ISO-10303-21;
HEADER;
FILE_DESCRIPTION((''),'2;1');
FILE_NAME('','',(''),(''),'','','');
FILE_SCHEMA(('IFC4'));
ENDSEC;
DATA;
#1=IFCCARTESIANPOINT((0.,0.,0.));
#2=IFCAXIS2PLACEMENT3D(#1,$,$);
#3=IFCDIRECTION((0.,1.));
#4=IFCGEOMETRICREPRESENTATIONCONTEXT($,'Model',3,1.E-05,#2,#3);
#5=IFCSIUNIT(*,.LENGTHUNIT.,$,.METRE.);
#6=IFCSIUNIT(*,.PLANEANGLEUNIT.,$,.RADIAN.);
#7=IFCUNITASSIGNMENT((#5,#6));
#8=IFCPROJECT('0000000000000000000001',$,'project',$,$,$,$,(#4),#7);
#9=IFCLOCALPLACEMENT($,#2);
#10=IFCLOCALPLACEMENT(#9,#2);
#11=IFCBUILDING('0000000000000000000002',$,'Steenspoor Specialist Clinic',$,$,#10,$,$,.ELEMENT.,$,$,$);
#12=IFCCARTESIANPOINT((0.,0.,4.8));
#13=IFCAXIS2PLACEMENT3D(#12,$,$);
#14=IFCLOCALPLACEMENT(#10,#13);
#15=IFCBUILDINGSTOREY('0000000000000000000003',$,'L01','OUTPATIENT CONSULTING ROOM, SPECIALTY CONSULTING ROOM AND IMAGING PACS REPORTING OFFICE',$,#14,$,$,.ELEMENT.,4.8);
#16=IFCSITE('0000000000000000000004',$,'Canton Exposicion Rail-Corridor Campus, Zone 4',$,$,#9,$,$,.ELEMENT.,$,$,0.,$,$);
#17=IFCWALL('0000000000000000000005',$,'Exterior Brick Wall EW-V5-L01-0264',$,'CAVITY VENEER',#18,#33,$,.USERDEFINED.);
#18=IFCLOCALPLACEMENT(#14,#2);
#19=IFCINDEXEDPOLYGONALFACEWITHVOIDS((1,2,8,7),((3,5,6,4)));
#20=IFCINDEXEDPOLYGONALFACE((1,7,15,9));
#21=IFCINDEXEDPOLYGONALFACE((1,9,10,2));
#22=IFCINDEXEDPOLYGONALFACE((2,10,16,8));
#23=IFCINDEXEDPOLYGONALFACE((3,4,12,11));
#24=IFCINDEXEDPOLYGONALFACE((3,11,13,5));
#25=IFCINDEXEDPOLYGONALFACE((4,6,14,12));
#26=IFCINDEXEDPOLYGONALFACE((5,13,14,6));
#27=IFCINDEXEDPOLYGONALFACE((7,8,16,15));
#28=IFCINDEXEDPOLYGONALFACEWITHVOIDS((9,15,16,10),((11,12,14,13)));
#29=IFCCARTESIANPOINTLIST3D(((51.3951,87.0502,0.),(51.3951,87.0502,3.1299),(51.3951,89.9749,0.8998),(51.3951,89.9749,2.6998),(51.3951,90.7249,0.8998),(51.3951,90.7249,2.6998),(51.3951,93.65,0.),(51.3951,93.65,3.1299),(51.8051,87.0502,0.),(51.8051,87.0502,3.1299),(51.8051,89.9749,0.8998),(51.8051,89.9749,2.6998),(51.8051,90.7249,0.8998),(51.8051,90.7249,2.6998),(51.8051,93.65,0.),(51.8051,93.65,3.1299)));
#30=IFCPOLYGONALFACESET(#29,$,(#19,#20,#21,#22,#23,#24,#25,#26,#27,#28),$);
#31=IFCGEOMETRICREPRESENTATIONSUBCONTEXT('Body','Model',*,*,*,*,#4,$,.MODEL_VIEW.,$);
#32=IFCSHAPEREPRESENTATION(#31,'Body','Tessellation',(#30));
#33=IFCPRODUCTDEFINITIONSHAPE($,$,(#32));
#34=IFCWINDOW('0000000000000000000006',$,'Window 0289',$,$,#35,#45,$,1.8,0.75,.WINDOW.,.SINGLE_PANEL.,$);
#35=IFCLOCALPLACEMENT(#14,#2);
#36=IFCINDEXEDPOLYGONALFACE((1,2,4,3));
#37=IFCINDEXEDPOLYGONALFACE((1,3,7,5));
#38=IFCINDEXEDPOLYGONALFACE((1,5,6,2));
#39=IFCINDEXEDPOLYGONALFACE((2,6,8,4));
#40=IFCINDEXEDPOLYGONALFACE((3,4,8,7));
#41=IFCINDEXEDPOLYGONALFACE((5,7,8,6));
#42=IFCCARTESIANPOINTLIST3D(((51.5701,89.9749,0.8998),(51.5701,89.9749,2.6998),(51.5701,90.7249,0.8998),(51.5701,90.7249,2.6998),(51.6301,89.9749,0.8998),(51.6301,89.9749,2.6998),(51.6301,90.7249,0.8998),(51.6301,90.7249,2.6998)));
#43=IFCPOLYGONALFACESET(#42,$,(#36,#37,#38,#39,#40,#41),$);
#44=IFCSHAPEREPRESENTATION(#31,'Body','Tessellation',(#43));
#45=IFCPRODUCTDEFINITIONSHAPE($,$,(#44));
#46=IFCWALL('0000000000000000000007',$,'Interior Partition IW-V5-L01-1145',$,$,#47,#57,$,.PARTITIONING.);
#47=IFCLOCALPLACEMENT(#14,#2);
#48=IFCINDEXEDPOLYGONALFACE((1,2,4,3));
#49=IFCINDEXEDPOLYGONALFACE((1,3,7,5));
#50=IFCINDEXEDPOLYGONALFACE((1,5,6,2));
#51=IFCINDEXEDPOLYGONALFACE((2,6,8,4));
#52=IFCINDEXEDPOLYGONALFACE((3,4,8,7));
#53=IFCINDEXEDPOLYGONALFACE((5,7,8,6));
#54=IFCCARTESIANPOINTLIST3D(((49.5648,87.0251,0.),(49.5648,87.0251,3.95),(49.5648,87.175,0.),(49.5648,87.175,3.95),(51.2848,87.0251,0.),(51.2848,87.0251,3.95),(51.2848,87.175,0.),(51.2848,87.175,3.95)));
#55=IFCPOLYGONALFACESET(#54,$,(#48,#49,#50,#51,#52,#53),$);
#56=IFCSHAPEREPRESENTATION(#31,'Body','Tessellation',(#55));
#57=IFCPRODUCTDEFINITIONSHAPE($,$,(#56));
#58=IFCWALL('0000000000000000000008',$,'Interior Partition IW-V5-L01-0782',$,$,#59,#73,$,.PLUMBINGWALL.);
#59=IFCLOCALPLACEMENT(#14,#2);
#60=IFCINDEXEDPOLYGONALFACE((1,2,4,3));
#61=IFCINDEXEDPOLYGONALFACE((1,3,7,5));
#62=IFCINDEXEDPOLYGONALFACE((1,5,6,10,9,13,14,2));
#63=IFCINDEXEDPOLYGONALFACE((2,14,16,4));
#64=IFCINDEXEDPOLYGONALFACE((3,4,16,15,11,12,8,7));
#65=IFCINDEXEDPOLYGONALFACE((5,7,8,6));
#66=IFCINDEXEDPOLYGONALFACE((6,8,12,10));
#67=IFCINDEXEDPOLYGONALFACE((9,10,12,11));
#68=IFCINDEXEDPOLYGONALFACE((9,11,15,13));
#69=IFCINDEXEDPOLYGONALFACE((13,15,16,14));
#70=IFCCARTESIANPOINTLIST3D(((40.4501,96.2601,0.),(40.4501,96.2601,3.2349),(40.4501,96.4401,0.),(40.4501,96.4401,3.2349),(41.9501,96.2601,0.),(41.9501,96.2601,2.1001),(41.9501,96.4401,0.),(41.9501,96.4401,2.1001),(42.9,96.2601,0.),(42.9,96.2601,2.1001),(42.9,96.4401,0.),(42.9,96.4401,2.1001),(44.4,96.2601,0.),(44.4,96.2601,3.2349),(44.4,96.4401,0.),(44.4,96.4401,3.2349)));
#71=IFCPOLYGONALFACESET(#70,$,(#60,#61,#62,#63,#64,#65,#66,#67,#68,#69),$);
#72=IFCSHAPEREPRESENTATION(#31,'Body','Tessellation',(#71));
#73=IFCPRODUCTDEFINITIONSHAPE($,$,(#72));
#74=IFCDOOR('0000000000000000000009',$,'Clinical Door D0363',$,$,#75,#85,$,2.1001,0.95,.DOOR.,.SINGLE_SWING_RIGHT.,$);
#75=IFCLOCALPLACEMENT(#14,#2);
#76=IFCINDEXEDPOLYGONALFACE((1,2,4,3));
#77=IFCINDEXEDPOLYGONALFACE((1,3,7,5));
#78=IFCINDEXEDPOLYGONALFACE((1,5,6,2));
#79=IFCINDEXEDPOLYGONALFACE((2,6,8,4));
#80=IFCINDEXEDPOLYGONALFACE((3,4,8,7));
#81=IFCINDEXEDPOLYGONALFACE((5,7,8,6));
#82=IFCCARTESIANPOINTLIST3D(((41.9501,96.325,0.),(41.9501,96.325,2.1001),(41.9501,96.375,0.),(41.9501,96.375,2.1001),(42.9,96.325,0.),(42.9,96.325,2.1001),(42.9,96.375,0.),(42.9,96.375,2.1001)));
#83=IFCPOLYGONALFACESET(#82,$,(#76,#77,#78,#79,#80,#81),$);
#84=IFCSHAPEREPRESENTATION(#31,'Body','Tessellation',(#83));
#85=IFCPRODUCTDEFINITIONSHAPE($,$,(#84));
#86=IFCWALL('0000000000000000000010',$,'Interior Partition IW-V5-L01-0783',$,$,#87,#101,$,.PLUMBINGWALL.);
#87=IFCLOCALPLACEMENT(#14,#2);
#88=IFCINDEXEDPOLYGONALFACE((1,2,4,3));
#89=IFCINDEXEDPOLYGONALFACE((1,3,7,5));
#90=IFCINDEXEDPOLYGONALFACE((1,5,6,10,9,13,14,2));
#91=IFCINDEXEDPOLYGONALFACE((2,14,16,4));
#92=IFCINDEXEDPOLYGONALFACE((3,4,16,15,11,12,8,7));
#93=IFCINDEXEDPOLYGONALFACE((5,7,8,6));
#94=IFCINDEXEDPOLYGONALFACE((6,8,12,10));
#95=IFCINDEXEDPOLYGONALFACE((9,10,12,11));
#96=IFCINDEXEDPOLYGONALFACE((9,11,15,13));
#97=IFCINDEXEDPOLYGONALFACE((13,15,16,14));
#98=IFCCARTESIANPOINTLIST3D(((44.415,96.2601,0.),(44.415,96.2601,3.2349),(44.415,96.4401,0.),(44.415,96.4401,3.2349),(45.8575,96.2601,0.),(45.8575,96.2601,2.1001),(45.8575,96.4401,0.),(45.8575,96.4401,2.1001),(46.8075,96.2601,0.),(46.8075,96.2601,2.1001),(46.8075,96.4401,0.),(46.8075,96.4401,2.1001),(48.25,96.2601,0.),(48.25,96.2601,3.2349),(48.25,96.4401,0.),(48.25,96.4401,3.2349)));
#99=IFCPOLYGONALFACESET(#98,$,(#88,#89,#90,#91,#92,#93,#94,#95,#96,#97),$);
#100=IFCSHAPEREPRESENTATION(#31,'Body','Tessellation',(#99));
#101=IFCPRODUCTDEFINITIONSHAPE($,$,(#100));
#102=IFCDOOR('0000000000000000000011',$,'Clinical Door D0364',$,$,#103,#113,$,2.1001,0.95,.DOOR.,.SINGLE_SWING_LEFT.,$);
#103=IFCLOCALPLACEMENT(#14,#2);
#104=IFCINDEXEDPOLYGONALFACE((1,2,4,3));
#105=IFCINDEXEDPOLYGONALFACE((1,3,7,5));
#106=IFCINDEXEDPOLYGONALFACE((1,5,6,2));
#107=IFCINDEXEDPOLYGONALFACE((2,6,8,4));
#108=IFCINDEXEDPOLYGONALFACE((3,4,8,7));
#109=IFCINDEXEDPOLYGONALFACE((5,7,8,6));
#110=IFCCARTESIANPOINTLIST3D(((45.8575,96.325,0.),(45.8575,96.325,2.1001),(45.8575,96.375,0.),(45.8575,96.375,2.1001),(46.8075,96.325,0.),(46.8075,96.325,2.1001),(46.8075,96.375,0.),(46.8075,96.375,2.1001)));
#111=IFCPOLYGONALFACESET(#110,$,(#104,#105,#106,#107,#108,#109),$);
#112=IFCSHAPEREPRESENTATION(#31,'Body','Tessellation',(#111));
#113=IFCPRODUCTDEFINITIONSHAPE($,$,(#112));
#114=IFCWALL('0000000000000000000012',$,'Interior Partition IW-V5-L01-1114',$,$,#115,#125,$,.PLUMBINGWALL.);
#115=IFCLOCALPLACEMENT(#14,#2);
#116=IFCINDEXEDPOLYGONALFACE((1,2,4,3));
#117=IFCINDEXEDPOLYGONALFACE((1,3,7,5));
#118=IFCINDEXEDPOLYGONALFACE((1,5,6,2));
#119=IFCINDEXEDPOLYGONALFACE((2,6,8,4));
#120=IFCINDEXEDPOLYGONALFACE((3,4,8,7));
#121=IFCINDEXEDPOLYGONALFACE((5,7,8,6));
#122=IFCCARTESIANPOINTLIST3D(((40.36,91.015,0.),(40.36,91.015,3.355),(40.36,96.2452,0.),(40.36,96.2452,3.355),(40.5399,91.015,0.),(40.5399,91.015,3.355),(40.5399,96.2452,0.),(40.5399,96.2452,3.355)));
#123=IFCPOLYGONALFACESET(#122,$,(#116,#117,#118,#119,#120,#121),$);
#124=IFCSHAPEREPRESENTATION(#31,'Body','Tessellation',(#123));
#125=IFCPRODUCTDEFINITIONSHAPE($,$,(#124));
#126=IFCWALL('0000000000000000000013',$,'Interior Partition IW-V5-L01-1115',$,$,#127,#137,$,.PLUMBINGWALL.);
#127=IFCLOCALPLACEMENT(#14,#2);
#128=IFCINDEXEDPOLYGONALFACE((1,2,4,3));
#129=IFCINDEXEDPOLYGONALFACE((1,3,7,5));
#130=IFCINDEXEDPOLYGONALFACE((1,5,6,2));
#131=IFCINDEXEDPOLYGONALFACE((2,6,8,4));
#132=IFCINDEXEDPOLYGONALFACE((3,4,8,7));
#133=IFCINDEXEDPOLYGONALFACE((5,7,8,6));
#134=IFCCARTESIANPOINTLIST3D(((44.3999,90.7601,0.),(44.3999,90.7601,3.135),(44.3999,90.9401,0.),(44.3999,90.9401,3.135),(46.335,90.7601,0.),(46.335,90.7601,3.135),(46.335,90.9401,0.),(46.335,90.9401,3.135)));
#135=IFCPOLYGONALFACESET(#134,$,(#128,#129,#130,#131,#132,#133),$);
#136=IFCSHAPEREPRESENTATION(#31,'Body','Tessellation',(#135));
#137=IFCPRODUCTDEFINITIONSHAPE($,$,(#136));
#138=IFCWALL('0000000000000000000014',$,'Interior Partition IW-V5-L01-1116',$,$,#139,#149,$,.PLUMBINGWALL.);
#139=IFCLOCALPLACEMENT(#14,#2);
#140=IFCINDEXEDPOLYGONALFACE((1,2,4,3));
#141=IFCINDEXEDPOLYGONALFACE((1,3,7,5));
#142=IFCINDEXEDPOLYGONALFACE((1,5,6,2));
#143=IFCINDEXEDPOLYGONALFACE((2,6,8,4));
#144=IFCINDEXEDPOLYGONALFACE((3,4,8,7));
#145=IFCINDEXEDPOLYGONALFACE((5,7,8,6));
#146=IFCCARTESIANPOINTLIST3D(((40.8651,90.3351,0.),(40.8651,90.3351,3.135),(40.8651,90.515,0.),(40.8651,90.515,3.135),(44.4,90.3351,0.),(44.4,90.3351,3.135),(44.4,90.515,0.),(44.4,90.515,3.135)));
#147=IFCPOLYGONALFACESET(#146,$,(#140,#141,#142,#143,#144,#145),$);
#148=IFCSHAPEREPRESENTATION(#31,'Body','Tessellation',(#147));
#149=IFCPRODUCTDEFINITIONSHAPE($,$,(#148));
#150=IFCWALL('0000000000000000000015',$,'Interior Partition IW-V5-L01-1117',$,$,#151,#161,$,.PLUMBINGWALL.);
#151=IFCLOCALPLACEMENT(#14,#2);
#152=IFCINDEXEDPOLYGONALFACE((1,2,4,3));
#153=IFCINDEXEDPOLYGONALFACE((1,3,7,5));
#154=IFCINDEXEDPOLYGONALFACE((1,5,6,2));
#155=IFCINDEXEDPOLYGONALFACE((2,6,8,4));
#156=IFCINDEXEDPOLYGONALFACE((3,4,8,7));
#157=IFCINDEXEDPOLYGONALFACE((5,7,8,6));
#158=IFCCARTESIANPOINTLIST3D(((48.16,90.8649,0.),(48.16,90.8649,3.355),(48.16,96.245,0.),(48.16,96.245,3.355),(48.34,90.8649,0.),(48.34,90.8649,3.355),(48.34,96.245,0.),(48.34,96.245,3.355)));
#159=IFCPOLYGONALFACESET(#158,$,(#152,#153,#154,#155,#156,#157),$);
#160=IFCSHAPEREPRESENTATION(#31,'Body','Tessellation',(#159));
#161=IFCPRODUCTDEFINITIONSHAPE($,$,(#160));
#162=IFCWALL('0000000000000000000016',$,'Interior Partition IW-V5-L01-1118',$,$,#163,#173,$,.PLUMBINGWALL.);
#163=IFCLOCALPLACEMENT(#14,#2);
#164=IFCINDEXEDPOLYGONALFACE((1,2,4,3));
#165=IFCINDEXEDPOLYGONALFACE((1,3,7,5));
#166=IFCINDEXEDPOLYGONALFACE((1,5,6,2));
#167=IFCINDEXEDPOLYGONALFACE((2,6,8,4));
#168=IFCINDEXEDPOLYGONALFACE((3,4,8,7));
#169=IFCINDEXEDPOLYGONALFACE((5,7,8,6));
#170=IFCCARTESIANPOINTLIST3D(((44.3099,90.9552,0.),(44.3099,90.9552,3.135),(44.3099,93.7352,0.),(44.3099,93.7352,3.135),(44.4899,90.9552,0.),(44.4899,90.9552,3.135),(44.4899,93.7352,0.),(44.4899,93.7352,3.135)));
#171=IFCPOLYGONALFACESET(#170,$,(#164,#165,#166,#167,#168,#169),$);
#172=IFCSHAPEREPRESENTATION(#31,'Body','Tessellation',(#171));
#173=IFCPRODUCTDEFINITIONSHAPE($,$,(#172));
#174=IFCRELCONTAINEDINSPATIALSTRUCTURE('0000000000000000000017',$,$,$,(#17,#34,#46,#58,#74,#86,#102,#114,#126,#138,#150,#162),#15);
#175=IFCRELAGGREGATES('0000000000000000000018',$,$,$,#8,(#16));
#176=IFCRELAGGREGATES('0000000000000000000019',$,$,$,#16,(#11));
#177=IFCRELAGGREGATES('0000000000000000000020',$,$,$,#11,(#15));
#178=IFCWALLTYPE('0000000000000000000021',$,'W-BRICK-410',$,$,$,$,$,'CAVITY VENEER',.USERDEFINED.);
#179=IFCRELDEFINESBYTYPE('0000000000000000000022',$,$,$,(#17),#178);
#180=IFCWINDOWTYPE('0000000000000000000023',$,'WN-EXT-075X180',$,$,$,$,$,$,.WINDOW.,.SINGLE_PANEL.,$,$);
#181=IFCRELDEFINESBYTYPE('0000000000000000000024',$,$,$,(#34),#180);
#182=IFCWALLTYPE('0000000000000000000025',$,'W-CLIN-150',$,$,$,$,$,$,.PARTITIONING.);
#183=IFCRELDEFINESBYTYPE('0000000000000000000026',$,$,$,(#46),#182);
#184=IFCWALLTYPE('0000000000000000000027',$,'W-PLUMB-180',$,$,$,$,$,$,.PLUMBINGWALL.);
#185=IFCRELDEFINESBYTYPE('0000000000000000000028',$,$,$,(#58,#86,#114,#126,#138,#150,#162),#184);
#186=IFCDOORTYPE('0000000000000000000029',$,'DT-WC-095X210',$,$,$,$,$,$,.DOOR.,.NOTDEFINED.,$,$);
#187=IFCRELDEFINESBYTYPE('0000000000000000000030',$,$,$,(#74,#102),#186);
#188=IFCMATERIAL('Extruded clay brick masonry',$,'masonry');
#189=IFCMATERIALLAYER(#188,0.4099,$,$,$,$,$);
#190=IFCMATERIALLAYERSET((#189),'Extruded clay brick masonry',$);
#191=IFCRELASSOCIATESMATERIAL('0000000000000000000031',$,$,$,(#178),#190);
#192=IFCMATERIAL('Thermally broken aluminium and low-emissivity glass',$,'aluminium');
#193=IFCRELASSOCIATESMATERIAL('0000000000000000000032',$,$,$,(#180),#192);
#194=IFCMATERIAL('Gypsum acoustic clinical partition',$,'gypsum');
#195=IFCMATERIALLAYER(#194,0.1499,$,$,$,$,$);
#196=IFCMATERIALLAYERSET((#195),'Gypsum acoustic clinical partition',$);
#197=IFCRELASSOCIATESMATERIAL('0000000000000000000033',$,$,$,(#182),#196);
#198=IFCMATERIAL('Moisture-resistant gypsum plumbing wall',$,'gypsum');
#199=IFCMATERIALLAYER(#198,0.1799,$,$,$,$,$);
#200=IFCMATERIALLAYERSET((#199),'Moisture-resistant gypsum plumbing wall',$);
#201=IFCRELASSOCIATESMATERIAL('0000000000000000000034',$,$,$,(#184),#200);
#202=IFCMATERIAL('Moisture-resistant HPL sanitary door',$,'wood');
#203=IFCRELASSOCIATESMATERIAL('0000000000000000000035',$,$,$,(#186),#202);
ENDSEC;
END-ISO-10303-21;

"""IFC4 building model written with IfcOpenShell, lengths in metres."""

from ifc_helpers import new_model, si_unit, direction, frame, frame_2d, origin, place, context, subcontext, project, spatial, rectangle, extrude, material, layer, layer_set, type_object, element, fill, save


model = new_model("IFC4")

# Units and contexts
model_context = context("Model", 3, precision=1e-05, world=origin(), true_north=direction((0.0, 1.0)))
body_context = subcontext(model_context, "Body", "Model", "MODEL_VIEW")
ifc_project = project(units=[si_unit("LENGTHUNIT", "METRE"), si_unit("PLANEANGLEUNIT", "RADIAN")], contexts=[model_context])

# Site, building, storey
site_placement = place(None, origin())
site = spatial("IfcSite", under=ifc_project, at=site_placement, Name="Canton Exposicion Rail-Corridor Campus, Zone 4", CompositionType="ELEMENT", RefElevation=0.0)
building_placement = place(site_placement, origin())
building = spatial("IfcBuilding", under=site, at=building_placement, Name="Steenspoor Specialist Clinic", CompositionType="ELEMENT")
storey_placement = place(building_placement, frame((0.0, 0.0, 4.8)))
storey = spatial("IfcBuildingStorey", under=building, at=storey_placement, Name="L01", Description="OUTPATIENT CONSULTING ROOM, SPECIALTY CONSULTING ROOM AND IMAGING PACS REPORTING OFFICE", CompositionType="ELEMENT", Elevation=4.8)

# Shared definitions
ifc_material_1 = material(Name="Thermally broken aluminium and low-emissivity glass", Category="aluminium")

# Wall, opening, window
ifc_material_2 = material(Name="Extruded clay brick masonry", Category="masonry")
ifc_layer_1 = layer(ifc_material_2, 0.4099)
ifc_layer_set_1 = layer_set([ifc_layer_1], Name="Extruded clay brick masonry")
wall_type_1 = type_object("IfcWallType", Name="W-BRICK-410", ElementType="CAVITY VENEER", PredefinedType="USERDEFINED", material=ifc_layer_set_1)
wall_1_placement = place(storey_placement, frame((51.6001, 93.6499, 0.0), z_axis=(0.0, 0.0, 1.0), x_axis=(0.0, -1.0, 0.0)))
wall_1 = element("IfcWall", 1, at=wall_1_placement, inside=storey, type_object=wall_type_1, Name="Exterior Brick Wall EW-V5-L01-0264", ObjectType="CAVITY VENEER", PredefinedType="USERDEFINED", context=body_context, shape_type="SweptSolid", body=[
    extrude(rectangle(XDim=6.5999, YDim=0.4099, at=frame_2d((3.2998, 0.0))), origin(), (0.0, 0.0, 1.0), 3.1299),
])
opening_1_placement = place(wall_1_placement, frame((2.925, 0.0, 0.8999)))
opening_1 = element("IfcOpeningElement", 2, at=opening_1_placement, cuts=wall_1, PredefinedType="OPENING", context=body_context, shape_type="SweptSolid", body=[
    extrude(rectangle(XDim=0.75, YDim=1.8, at=frame_2d((0.375, 0.8999))), frame((0.0, 0.2148, 0.0), z_axis=(0.0, -1.0, 0.0), x_axis=(1.0, 0.0, 0.0)), (0.0, 0.0, 1.0), 0.4299),
])
window_type = type_object("IfcWindowType", Name="WN-EXT-075X180", PartitioningType="SINGLE_PANEL", PredefinedType="WINDOW", material=ifc_material_1)
window_placement = place(opening_1_placement, origin())
window = element("IfcWindow", 3, at=window_placement, inside=storey, type_object=window_type, Name="Window 0289", OverallHeight=1.8, OverallWidth=0.75, PartitioningType="SINGLE_PANEL", PredefinedType="WINDOW", context=body_context, shape_type="SweptSolid", body=[
    extrude(rectangle(XDim=0.75, YDim=1.8, at=frame_2d((0.375, 0.8999))), frame((0.0, 0.03, 0.0), z_axis=(0.0, -1.0, 0.0), x_axis=(1.0, 0.0, 0.0)), (0.0, 0.0, 1.0), 0.0601),
])
fill(opening_1, window)

# Wall
ifc_material_3 = material(Name="Gypsum acoustic clinical partition", Category="gypsum")
ifc_layer_2 = layer(ifc_material_3, 0.1499)
ifc_layer_set_2 = layer_set([ifc_layer_2], Name="Gypsum acoustic clinical partition")
wall_type_2 = type_object("IfcWallType", Name="W-CLIN-150", PredefinedType="PARTITIONING", material=ifc_layer_set_2)
wall_2_placement = place(storey_placement, frame((49.5649, 87.1001, 0.0), z_axis=(0.0, 0.0, 1.0), x_axis=(1.0, 0.0, 0.0)))
element("IfcWall", 4, at=wall_2_placement, inside=storey, type_object=wall_type_2, Name="Interior Partition IW-V5-L01-1145", PredefinedType="PARTITIONING", context=body_context, shape_type="SweptSolid", body=[
    extrude(rectangle(XDim=1.72, YDim=0.1499, at=frame_2d((0.8599, 0.0))), origin(), (0.0, 0.0, 1.0), 3.95),
])

# Walls, openings, doors
ifc_material_4 = material(Name="Moisture-resistant gypsum plumbing wall", Category="gypsum")
ifc_layer_3 = layer(ifc_material_4, 0.1799)
ifc_layer_set_3 = layer_set([ifc_layer_3], Name="Moisture-resistant gypsum plumbing wall")
wall_type_3 = type_object("IfcWallType", Name="W-PLUMB-180", PredefinedType="PLUMBINGWALL", material=ifc_layer_set_3)
wall_3_placement = place(storey_placement, frame((40.45, 96.3501, 0.0), z_axis=(0.0, 0.0, 1.0), x_axis=(1.0, 0.0, 0.0)))
wall_3 = element("IfcWall", 5, at=wall_3_placement, inside=storey, type_object=wall_type_3, Name="Interior Partition IW-V5-L01-0782", PredefinedType="PLUMBINGWALL", context=body_context, shape_type="SweptSolid", body=[
    extrude(rectangle(XDim=3.95, YDim=0.1799, at=frame_2d((1.9751, 0.0))), origin(), (0.0, 0.0, 1.0), 3.2349),
])
opening_2_placement = place(wall_3_placement, frame((1.5, 0.0, 0.0)))
opening_2 = element("IfcOpeningElement", 6, at=opening_2_placement, cuts=wall_3, PredefinedType="OPENING", context=body_context, shape_type="SweptSolid", body=[
    extrude(rectangle(XDim=0.95, YDim=2.1001, at=frame_2d((0.4751, 1.05))), frame((0.0, 0.1001, 0.0), z_axis=(0.0, -1.0, 0.0), x_axis=(1.0, 0.0, 0.0)), (0.0, 0.0, 1.0), 0.2),
])
ifc_material_5 = material(Name="Moisture-resistant HPL sanitary door", Category="wood")
door_type_1 = type_object("IfcDoorType", Name="DT-WC-095X210", OperationType="NOTDEFINED", PredefinedType="DOOR", material=ifc_material_5)
door_1_placement = place(opening_2_placement, origin())
door_1 = element("IfcDoor", 7, at=door_1_placement, inside=storey, type_object=door_type_1, Name="Clinical Door D0363", OperationType="SINGLE_SWING_RIGHT", OverallHeight=2.1001, OverallWidth=0.95, PredefinedType="DOOR", context=body_context, shape_type="SweptSolid", body=[
    extrude(rectangle(XDim=0.95, YDim=2.1001, at=frame_2d((0.4751, 1.05))), frame((0.0, 0.0249, 0.0), z_axis=(0.0, -1.0, 0.0), x_axis=(1.0, 0.0, 0.0)), (0.0, 0.0, 1.0), 0.05),
])
fill(opening_2, door_1)
wall_4_placement = place(storey_placement, frame((44.415, 96.3501, 0.0), z_axis=(0.0, 0.0, 1.0), x_axis=(1.0, 0.0, 0.0)))
wall_4 = element("IfcWall", 8, at=wall_4_placement, inside=storey, type_object=wall_type_3, Name="Interior Partition IW-V5-L01-0783", PredefinedType="PLUMBINGWALL", context=body_context, shape_type="SweptSolid", body=[
    extrude(rectangle(XDim=3.835, YDim=0.1799, at=frame_2d((1.9175, 0.0))), origin(), (0.0, 0.0, 1.0), 3.2349),
])
opening_3_placement = place(wall_4_placement, frame((1.4424, 0.0, 0.0)))
opening_3 = element("IfcOpeningElement", 9, at=opening_3_placement, cuts=wall_4, PredefinedType="OPENING", context=body_context, shape_type="SweptSolid", body=[
    extrude(rectangle(XDim=0.95, YDim=2.1001, at=frame_2d((0.4751, 1.05))), frame((0.0, 0.1001, 0.0), z_axis=(0.0, -1.0, 0.0), x_axis=(1.0, 0.0, 0.0)), (0.0, 0.0, 1.0), 0.2),
])
door_2_placement = place(opening_3_placement, origin())
door_2 = element("IfcDoor", 10, at=door_2_placement, inside=storey, type_object=door_type_1, Name="Clinical Door D0364", OperationType="SINGLE_SWING_LEFT", OverallHeight=2.1001, OverallWidth=0.95, PredefinedType="DOOR", context=body_context, shape_type="SweptSolid", body=[
    extrude(rectangle(XDim=0.95, YDim=2.1001, at=frame_2d((0.4751, 1.05))), frame((0.0, 0.0249, 0.0), z_axis=(0.0, -1.0, 0.0), x_axis=(1.0, 0.0, 0.0)), (0.0, 0.0, 1.0), 0.05),
])
fill(opening_3, door_2)

# Walls
wall_5_placement = place(storey_placement, frame((40.45, 91.0149, 0.0), z_axis=(0.0, 0.0, 1.0), x_axis=(0.0, 1.0, 0.0)))
element("IfcWall", 11, at=wall_5_placement, inside=storey, type_object=wall_type_3, Name="Interior Partition IW-V5-L01-1114", PredefinedType="PLUMBINGWALL", context=body_context, shape_type="SweptSolid", body=[
    extrude(rectangle(XDim=5.2302, YDim=0.1799, at=frame_2d((2.6152, 0.0))), origin(), (0.0, 0.0, 1.0), 3.355),
])
wall_6_placement = place(storey_placement, frame((44.3999, 90.8501, 0.0), z_axis=(0.0, 0.0, 1.0), x_axis=(1.0, 0.0, 0.0)))
element("IfcWall", 12, at=wall_6_placement, inside=storey, type_object=wall_type_3, Name="Interior Partition IW-V5-L01-1115", PredefinedType="PLUMBINGWALL", context=body_context, shape_type="SweptSolid", body=[
    extrude(rectangle(XDim=1.9351, YDim=0.1799, at=frame_2d((0.9675, 0.0))), origin(), (0.0, 0.0, 1.0), 3.135),
])
wall_7_placement = place(storey_placement, frame((40.865, 90.425, 0.0), z_axis=(0.0, 0.0, 1.0), x_axis=(1.0, 0.0, 0.0)))
element("IfcWall", 13, at=wall_7_placement, inside=storey, type_object=wall_type_3, Name="Interior Partition IW-V5-L01-1116", PredefinedType="PLUMBINGWALL", context=body_context, shape_type="SweptSolid", body=[
    extrude(rectangle(XDim=3.5349, YDim=0.1799, at=frame_2d((1.7676, 0.0))), origin(), (0.0, 0.0, 1.0), 3.135),
])
wall_8_placement = place(storey_placement, frame((48.25, 90.865, 0.0), z_axis=(0.0, 0.0, 1.0), x_axis=(0.0, 1.0, 0.0)))
element("IfcWall", 14, at=wall_8_placement, inside=storey, type_object=wall_type_3, Name="Interior Partition IW-V5-L01-1117", PredefinedType="PLUMBINGWALL", context=body_context, shape_type="SweptSolid", body=[
    extrude(rectangle(XDim=5.3801, YDim=0.1799, at=frame_2d((2.6899, 0.0))), origin(), (0.0, 0.0, 1.0), 3.355),
])
wall_9_placement = place(storey_placement, frame((44.3999, 90.9551, 0.0), z_axis=(0.0, 0.0, 1.0), x_axis=(0.0, 1.0, 0.0)))
element("IfcWall", 15, at=wall_9_placement, inside=storey, type_object=wall_type_3, Name="Interior Partition IW-V5-L01-1118", PredefinedType="PLUMBINGWALL", context=body_context, shape_type="SweptSolid", body=[
    extrude(rectangle(XDim=2.78, YDim=0.1799, at=frame_2d((1.3901, 0.0))), origin(), (0.0, 0.0, 1.0), 3.135),
])

save(model, "model.ifc")
